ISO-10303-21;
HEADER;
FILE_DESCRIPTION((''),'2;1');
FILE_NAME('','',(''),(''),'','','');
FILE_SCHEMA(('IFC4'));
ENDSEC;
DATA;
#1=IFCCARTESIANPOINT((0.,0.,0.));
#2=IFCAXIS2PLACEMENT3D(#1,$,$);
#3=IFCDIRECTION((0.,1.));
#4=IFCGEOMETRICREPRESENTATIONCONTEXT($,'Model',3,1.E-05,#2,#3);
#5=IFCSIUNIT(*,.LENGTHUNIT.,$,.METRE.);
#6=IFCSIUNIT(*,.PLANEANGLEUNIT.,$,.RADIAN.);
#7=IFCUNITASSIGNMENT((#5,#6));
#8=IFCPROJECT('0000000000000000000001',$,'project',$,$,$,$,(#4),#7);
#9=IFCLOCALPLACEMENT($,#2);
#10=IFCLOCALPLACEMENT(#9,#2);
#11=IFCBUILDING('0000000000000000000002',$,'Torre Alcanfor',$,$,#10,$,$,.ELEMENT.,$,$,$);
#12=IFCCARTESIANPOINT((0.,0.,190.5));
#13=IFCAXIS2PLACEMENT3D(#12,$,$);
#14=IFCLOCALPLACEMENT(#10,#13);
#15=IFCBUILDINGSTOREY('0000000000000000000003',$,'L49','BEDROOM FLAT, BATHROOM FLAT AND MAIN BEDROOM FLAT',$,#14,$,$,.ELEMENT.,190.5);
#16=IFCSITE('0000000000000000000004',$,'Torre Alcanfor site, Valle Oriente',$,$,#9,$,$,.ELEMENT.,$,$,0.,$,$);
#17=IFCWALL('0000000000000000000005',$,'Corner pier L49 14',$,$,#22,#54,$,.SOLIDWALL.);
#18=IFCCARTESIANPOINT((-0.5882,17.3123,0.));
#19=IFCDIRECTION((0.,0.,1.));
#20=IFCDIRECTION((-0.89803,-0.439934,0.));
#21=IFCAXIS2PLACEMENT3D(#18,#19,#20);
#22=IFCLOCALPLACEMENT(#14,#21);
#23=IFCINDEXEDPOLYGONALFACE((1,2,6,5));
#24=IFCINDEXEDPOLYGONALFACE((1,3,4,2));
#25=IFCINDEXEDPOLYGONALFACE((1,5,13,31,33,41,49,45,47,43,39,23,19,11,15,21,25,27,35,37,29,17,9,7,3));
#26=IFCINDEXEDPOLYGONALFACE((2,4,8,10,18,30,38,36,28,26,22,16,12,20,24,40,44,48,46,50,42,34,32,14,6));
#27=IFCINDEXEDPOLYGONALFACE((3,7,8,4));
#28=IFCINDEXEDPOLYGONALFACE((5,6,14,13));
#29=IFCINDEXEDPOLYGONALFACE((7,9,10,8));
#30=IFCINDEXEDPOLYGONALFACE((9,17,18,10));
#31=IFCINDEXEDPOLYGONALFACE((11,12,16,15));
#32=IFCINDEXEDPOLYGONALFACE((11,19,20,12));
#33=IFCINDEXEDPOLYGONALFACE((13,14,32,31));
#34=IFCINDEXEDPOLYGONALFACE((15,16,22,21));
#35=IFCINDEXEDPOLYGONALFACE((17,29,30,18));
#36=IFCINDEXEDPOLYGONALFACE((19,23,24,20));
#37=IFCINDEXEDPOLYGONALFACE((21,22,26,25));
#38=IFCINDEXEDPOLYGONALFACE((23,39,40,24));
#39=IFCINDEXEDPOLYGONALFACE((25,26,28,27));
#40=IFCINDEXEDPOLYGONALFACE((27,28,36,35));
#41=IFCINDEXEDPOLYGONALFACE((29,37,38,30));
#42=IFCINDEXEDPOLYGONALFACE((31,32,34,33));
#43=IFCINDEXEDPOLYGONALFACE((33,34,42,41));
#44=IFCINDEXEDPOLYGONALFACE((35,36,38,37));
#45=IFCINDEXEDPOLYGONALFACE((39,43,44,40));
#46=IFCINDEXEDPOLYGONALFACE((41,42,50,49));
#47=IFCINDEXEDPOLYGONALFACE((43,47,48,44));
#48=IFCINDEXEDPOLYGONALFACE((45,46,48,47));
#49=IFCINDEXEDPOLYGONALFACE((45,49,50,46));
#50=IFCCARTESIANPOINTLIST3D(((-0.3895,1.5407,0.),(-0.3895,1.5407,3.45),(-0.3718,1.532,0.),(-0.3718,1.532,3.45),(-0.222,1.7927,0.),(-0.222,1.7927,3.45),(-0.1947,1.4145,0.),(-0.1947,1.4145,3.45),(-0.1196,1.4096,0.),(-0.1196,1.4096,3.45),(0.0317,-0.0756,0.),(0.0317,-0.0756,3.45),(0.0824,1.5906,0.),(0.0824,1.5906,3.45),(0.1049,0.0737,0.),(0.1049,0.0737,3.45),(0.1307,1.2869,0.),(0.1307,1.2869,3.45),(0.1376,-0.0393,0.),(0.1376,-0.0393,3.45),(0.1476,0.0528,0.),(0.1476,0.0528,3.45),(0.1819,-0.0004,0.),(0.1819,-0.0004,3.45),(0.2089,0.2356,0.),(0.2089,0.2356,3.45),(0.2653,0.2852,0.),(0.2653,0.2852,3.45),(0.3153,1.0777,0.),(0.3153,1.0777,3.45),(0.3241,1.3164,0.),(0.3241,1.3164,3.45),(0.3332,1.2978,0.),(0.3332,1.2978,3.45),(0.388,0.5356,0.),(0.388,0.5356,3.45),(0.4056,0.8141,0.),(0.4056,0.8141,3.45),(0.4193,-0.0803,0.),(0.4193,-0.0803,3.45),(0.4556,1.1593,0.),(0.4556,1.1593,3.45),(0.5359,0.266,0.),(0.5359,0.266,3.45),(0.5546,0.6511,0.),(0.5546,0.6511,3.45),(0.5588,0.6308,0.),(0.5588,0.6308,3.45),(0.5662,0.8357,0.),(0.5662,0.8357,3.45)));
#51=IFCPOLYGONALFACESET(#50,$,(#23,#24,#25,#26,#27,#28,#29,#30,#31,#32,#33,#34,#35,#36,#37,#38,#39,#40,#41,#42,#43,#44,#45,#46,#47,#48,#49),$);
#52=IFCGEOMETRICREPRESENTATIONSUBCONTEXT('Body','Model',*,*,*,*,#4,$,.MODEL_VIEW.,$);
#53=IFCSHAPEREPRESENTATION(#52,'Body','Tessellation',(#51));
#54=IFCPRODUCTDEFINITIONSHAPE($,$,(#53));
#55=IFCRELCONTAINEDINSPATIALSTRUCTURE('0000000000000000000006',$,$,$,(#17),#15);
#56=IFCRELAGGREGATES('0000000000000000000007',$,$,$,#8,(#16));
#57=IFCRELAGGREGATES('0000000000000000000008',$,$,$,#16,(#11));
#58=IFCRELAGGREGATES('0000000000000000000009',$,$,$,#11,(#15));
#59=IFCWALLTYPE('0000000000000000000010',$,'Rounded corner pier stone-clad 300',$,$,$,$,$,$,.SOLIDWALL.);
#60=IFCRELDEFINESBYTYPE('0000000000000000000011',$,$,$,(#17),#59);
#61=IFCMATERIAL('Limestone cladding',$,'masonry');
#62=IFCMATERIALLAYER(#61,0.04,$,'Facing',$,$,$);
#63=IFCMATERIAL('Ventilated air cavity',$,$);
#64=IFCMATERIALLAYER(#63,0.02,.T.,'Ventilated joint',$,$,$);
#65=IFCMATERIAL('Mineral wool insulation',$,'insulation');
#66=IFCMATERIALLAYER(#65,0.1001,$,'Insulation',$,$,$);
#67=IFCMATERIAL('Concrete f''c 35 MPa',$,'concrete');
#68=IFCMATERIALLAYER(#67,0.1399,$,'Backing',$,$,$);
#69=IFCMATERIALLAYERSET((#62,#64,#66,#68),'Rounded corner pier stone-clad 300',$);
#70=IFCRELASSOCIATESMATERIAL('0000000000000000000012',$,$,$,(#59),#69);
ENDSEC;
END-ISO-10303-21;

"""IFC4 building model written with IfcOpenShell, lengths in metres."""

from ifc_helpers import new_model, si_unit, direction, frame, origin, place, context, subcontext, project, spatial, polyline, outline, extrude, material, layer, layer_set, type_object, element, save


model = new_model("IFC4")

# Units and contexts
model_context = context("Model", 3, precision=1e-05, world=origin(), true_north=direction((0.0, 1.0)))
body_context = subcontext(model_context, "Body", "Model", "MODEL_VIEW")
ifc_project = project(units=[si_unit("LENGTHUNIT", "METRE"), si_unit("PLANEANGLEUNIT", "RADIAN")], contexts=[model_context])

# Site, building, storey
site_placement = place(None, origin())
site = spatial("IfcSite", under=ifc_project, at=site_placement, Name="Torre Alcanfor site, Valle Oriente", CompositionType="ELEMENT", RefElevation=0.0)
building_placement = place(site_placement, origin())
building = spatial("IfcBuilding", under=site, at=building_placement, Name="Torre Alcanfor", CompositionType="ELEMENT")
storey_placement = place(building_placement, frame((0.0, 0.0, 190.5)))
storey = spatial("IfcBuildingStorey", under=building, at=storey_placement, Name="L49", Description="BEDROOM FLAT, BATHROOM FLAT AND MAIN BEDROOM FLAT", CompositionType="ELEMENT", Elevation=190.5)

# Shared definitions
ifc_material_1 = material(Name="Limestone cladding", Category="masonry")
ifc_material_2 = material(Name="Ventilated air cavity")
ifc_material_3 = material(Name="Mineral wool insulation", Category="insulation")
ifc_material_4 = material(Name="Concrete f'c 35 MPa", Category="concrete")

# Wall
ifc_layer_1 = layer(ifc_material_1, 0.04, Name="Facing")
ifc_layer_2 = layer(ifc_material_2, 0.02, ventilated=True, Name="Ventilated joint")
ifc_layer_3 = layer(ifc_material_3, 0.1001, Name="Insulation")
ifc_layer_4 = layer(ifc_material_4, 0.1399, Name="Backing")
ifc_layer_set_1 = layer_set([ifc_layer_1, ifc_layer_2, ifc_layer_3, ifc_layer_4], Name="Rounded corner pier stone-clad 300")
wall_type_1 = type_object("IfcWallType", Name="Rounded corner pier stone-clad 300", PredefinedType="SOLIDWALL", material=ifc_layer_set_1)
wall_1_placement = place(storey_placement, frame((-0.5882, 17.3123, 0.0), z_axis=(0.0, 0.0, 1.0), x_axis=(-0.89803, -0.439934, 0.0)))
element("IfcWall", 1, at=wall_1_placement, inside=storey, type_object=wall_type_1, Name="Corner pier L49 14", PredefinedType="SOLIDWALL", context=body_context, shape_type="SweptSolid", body=[
    extrude(outline(polyline([(-0.222, 1.7927), (-0.3895, 1.5407), (-0.3718, 1.532), (-0.1947, 1.4145), (-0.1196, 1.4096), (0.1307, 1.2869), (0.3153, 1.0777), (0.4056, 0.8141), (0.388, 0.5356), (0.2653, 0.2852), (0.2089, 0.2356), (0.1476, 0.0528), (0.1049, 0.0737), (0.0317, -0.0756), (0.1376, -0.0393), (0.1819, -0.0004), (0.4193, -0.0803), (0.5359, 0.266), (0.5588, 0.6308), (0.5546, 0.6511), (0.5662, 0.8357), (0.4556, 1.1593), (0.3332, 1.2978), (0.3241, 1.3164), (0.0824, 1.5906), (-0.222, 1.7927)])), origin(), (0.0, 0.0, 1.0), 3.45),
])

save(model, "model.ifc")
